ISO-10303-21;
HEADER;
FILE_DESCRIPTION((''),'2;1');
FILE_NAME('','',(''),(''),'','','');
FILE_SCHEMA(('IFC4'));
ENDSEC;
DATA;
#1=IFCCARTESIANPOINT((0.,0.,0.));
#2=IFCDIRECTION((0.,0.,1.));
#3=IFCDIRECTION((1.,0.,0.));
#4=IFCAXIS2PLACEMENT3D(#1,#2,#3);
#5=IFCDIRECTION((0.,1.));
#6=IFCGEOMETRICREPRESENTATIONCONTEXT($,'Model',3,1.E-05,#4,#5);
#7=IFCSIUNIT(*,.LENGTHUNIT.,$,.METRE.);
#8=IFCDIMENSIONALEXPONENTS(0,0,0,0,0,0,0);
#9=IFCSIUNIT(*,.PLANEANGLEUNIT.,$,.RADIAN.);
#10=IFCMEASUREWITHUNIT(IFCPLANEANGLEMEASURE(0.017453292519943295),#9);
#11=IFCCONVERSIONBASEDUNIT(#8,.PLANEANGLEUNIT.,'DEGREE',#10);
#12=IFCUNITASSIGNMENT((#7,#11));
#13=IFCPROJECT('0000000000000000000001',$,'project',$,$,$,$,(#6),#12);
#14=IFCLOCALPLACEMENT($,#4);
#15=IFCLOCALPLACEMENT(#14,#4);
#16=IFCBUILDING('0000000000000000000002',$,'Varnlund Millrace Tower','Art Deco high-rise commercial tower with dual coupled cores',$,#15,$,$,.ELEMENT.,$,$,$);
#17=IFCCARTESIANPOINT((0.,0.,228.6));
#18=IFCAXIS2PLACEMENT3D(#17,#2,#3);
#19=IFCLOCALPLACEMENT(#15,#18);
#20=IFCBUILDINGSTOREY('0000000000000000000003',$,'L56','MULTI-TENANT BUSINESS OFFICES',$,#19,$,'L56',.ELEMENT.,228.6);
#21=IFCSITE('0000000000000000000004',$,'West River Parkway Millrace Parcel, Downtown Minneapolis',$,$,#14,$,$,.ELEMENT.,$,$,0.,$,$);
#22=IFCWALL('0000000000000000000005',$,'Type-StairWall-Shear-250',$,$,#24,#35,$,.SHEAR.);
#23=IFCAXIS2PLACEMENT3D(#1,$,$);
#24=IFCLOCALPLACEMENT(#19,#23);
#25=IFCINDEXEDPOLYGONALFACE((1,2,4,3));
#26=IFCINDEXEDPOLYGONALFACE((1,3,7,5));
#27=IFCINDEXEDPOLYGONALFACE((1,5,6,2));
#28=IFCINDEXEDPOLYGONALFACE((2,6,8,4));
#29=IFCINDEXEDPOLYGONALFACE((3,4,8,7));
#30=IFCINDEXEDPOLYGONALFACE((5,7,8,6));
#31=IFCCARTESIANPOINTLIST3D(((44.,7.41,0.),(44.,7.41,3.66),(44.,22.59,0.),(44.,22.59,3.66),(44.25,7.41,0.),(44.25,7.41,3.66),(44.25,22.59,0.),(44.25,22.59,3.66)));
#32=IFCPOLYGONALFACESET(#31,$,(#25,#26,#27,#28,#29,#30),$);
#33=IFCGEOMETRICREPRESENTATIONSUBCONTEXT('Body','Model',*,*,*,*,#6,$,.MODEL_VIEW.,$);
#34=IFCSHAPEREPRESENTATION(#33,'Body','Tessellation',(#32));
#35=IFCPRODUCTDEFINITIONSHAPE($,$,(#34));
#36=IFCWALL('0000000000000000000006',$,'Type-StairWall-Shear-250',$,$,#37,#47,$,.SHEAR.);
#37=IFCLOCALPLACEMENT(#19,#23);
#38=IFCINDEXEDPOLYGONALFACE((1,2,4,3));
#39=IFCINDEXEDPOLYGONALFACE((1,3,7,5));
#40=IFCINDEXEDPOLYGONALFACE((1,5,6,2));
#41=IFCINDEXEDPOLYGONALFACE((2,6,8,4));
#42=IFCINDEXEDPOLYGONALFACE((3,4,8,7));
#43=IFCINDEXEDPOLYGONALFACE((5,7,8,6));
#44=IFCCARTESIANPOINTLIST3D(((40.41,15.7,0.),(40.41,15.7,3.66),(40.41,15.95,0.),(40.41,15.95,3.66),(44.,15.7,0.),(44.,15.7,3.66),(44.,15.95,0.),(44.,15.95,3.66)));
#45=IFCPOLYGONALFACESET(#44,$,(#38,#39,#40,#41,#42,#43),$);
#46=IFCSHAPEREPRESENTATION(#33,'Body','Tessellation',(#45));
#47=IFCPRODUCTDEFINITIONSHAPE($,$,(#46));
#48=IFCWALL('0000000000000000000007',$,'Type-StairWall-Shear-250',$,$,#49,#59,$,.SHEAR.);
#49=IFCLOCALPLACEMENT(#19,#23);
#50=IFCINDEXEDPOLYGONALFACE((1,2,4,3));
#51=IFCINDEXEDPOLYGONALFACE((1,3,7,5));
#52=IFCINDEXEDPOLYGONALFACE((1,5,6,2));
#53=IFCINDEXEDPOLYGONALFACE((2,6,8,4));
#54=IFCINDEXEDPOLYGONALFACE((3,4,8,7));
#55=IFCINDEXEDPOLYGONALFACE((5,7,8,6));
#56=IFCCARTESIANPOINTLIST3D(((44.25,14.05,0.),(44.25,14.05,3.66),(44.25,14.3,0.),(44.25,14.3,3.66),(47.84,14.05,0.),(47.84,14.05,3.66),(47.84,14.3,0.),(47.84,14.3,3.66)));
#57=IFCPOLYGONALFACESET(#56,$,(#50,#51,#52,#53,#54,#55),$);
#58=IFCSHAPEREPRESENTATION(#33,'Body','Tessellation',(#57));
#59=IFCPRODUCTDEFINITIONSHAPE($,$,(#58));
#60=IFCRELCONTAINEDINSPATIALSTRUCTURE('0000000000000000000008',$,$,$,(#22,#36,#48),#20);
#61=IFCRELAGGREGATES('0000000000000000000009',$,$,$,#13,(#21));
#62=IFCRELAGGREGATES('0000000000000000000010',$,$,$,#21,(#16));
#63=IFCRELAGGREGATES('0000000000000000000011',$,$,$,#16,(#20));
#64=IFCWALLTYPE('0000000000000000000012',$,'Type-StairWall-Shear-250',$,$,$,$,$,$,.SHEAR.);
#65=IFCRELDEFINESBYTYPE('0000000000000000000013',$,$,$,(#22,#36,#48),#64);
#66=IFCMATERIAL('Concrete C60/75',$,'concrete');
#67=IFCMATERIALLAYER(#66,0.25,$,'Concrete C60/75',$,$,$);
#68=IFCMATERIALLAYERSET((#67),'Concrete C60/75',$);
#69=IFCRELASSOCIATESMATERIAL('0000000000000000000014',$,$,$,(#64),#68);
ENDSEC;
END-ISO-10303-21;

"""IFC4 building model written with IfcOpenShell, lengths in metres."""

from ifc_helpers import new_model, entity, si_unit, converted_unit, direction, frame, origin_with_axes, place, context, subcontext, project, spatial, polyline, outline, extrude, material, layer, layer_set, type_object, element, save


model = new_model("IFC4")

# Units and contexts
model_context = context("Model", 3, precision=1e-05, world=origin_with_axes(), true_north=direction((0.0, 1.0)))
body_context = subcontext(model_context, "Body", "Model", "MODEL_VIEW")
ifc_project = project(units=[si_unit("LENGTHUNIT", "METRE"), converted_unit("PLANEANGLEUNIT", "DEGREE", entity("IfcPlaneAngleMeasure", 0.017453292519943295), si_unit("PLANEANGLEUNIT", "RADIAN"), dimensions=[0, 0, 0, 0, 0, 0, 0])], contexts=[model_context])

# Site, building, storey
site_placement = place(None, origin_with_axes())
site = spatial("IfcSite", under=ifc_project, at=site_placement, Name="West River Parkway Millrace Parcel, Downtown Minneapolis", CompositionType="ELEMENT", RefElevation=0.0)
building_placement = place(site_placement, origin_with_axes())
building = spatial("IfcBuilding", under=site, at=building_placement, Name="Varnlund Millrace Tower", Description="Art Deco high-rise commercial tower with dual coupled cores", CompositionType="ELEMENT")
storey_placement = place(building_placement, frame((0.0, 0.0, 228.6), z_axis=(0.0, 0.0, 1.0), x_axis=(1.0, 0.0, 0.0)))
storey = spatial("IfcBuildingStorey", under=building, at=storey_placement, Name="L56", Description="MULTI-TENANT BUSINESS OFFICES", LongName="L56", CompositionType="ELEMENT", Elevation=228.6)

# Shared definitions
ifc_material_1 = material(Name="Concrete C60/75", Category="concrete")

# Shared definitions
ifc_layer_1 = layer(ifc_material_1, 0.25, Name="Concrete C60/75")
ifc_layer_set_1 = layer_set([ifc_layer_1], Name="Concrete C60/75")

# Walls
wall_type_1 = type_object("IfcWallType", Name="Type-StairWall-Shear-250", PredefinedType="SHEAR", material=ifc_layer_set_1)
wall_1_placement = place(storey_placement, frame((44.125, 7.41, 0.0), z_axis=(0.0, 0.0, 1.0), x_axis=(0.0, 1.0, 0.0)))
element("IfcWall", 1, at=wall_1_placement, inside=storey, type_object=wall_type_1, Name="Type-StairWall-Shear-250", PredefinedType="SHEAR", context=body_context, shape_type="SweptSolid", body=[
    extrude(outline(polyline([(0.0, -0.125), (15.18, -0.125), (15.18, 0.125), (0.0, 0.125), (0.0, -0.125)])), origin_with_axes(), (0.0, 0.0, 1.0), 3.66),
])
for number, where, z_axis, x_axis, name in (
    (2, (40.41, 15.825, 0.0), (0.0, 0.0, 1.0), (1.0, 0.0, 0.0), "Type-StairWall-Shear-250"),
    (3, (44.25, 14.175, 0.0), (0.0, 0.0, 1.0), (1.0, 0.0, 0.0), "Type-StairWall-Shear-250"),
):
    element("IfcWall", number, at=place(storey_placement, frame(where, z_axis=z_axis, x_axis=x_axis)), inside=storey, type_object=wall_type_1, Name=name, PredefinedType="SHEAR", context=body_context, shape_type="SweptSolid", body=[
        extrude(outline(polyline([(0.0, -0.125), (3.59, -0.125), (3.59, 0.125), (0.0, 0.125), (0.0, -0.125)])), origin_with_axes(), (0.0, 0.0, 1.0), 3.66),
    ])

save(model, "model.ifc")
